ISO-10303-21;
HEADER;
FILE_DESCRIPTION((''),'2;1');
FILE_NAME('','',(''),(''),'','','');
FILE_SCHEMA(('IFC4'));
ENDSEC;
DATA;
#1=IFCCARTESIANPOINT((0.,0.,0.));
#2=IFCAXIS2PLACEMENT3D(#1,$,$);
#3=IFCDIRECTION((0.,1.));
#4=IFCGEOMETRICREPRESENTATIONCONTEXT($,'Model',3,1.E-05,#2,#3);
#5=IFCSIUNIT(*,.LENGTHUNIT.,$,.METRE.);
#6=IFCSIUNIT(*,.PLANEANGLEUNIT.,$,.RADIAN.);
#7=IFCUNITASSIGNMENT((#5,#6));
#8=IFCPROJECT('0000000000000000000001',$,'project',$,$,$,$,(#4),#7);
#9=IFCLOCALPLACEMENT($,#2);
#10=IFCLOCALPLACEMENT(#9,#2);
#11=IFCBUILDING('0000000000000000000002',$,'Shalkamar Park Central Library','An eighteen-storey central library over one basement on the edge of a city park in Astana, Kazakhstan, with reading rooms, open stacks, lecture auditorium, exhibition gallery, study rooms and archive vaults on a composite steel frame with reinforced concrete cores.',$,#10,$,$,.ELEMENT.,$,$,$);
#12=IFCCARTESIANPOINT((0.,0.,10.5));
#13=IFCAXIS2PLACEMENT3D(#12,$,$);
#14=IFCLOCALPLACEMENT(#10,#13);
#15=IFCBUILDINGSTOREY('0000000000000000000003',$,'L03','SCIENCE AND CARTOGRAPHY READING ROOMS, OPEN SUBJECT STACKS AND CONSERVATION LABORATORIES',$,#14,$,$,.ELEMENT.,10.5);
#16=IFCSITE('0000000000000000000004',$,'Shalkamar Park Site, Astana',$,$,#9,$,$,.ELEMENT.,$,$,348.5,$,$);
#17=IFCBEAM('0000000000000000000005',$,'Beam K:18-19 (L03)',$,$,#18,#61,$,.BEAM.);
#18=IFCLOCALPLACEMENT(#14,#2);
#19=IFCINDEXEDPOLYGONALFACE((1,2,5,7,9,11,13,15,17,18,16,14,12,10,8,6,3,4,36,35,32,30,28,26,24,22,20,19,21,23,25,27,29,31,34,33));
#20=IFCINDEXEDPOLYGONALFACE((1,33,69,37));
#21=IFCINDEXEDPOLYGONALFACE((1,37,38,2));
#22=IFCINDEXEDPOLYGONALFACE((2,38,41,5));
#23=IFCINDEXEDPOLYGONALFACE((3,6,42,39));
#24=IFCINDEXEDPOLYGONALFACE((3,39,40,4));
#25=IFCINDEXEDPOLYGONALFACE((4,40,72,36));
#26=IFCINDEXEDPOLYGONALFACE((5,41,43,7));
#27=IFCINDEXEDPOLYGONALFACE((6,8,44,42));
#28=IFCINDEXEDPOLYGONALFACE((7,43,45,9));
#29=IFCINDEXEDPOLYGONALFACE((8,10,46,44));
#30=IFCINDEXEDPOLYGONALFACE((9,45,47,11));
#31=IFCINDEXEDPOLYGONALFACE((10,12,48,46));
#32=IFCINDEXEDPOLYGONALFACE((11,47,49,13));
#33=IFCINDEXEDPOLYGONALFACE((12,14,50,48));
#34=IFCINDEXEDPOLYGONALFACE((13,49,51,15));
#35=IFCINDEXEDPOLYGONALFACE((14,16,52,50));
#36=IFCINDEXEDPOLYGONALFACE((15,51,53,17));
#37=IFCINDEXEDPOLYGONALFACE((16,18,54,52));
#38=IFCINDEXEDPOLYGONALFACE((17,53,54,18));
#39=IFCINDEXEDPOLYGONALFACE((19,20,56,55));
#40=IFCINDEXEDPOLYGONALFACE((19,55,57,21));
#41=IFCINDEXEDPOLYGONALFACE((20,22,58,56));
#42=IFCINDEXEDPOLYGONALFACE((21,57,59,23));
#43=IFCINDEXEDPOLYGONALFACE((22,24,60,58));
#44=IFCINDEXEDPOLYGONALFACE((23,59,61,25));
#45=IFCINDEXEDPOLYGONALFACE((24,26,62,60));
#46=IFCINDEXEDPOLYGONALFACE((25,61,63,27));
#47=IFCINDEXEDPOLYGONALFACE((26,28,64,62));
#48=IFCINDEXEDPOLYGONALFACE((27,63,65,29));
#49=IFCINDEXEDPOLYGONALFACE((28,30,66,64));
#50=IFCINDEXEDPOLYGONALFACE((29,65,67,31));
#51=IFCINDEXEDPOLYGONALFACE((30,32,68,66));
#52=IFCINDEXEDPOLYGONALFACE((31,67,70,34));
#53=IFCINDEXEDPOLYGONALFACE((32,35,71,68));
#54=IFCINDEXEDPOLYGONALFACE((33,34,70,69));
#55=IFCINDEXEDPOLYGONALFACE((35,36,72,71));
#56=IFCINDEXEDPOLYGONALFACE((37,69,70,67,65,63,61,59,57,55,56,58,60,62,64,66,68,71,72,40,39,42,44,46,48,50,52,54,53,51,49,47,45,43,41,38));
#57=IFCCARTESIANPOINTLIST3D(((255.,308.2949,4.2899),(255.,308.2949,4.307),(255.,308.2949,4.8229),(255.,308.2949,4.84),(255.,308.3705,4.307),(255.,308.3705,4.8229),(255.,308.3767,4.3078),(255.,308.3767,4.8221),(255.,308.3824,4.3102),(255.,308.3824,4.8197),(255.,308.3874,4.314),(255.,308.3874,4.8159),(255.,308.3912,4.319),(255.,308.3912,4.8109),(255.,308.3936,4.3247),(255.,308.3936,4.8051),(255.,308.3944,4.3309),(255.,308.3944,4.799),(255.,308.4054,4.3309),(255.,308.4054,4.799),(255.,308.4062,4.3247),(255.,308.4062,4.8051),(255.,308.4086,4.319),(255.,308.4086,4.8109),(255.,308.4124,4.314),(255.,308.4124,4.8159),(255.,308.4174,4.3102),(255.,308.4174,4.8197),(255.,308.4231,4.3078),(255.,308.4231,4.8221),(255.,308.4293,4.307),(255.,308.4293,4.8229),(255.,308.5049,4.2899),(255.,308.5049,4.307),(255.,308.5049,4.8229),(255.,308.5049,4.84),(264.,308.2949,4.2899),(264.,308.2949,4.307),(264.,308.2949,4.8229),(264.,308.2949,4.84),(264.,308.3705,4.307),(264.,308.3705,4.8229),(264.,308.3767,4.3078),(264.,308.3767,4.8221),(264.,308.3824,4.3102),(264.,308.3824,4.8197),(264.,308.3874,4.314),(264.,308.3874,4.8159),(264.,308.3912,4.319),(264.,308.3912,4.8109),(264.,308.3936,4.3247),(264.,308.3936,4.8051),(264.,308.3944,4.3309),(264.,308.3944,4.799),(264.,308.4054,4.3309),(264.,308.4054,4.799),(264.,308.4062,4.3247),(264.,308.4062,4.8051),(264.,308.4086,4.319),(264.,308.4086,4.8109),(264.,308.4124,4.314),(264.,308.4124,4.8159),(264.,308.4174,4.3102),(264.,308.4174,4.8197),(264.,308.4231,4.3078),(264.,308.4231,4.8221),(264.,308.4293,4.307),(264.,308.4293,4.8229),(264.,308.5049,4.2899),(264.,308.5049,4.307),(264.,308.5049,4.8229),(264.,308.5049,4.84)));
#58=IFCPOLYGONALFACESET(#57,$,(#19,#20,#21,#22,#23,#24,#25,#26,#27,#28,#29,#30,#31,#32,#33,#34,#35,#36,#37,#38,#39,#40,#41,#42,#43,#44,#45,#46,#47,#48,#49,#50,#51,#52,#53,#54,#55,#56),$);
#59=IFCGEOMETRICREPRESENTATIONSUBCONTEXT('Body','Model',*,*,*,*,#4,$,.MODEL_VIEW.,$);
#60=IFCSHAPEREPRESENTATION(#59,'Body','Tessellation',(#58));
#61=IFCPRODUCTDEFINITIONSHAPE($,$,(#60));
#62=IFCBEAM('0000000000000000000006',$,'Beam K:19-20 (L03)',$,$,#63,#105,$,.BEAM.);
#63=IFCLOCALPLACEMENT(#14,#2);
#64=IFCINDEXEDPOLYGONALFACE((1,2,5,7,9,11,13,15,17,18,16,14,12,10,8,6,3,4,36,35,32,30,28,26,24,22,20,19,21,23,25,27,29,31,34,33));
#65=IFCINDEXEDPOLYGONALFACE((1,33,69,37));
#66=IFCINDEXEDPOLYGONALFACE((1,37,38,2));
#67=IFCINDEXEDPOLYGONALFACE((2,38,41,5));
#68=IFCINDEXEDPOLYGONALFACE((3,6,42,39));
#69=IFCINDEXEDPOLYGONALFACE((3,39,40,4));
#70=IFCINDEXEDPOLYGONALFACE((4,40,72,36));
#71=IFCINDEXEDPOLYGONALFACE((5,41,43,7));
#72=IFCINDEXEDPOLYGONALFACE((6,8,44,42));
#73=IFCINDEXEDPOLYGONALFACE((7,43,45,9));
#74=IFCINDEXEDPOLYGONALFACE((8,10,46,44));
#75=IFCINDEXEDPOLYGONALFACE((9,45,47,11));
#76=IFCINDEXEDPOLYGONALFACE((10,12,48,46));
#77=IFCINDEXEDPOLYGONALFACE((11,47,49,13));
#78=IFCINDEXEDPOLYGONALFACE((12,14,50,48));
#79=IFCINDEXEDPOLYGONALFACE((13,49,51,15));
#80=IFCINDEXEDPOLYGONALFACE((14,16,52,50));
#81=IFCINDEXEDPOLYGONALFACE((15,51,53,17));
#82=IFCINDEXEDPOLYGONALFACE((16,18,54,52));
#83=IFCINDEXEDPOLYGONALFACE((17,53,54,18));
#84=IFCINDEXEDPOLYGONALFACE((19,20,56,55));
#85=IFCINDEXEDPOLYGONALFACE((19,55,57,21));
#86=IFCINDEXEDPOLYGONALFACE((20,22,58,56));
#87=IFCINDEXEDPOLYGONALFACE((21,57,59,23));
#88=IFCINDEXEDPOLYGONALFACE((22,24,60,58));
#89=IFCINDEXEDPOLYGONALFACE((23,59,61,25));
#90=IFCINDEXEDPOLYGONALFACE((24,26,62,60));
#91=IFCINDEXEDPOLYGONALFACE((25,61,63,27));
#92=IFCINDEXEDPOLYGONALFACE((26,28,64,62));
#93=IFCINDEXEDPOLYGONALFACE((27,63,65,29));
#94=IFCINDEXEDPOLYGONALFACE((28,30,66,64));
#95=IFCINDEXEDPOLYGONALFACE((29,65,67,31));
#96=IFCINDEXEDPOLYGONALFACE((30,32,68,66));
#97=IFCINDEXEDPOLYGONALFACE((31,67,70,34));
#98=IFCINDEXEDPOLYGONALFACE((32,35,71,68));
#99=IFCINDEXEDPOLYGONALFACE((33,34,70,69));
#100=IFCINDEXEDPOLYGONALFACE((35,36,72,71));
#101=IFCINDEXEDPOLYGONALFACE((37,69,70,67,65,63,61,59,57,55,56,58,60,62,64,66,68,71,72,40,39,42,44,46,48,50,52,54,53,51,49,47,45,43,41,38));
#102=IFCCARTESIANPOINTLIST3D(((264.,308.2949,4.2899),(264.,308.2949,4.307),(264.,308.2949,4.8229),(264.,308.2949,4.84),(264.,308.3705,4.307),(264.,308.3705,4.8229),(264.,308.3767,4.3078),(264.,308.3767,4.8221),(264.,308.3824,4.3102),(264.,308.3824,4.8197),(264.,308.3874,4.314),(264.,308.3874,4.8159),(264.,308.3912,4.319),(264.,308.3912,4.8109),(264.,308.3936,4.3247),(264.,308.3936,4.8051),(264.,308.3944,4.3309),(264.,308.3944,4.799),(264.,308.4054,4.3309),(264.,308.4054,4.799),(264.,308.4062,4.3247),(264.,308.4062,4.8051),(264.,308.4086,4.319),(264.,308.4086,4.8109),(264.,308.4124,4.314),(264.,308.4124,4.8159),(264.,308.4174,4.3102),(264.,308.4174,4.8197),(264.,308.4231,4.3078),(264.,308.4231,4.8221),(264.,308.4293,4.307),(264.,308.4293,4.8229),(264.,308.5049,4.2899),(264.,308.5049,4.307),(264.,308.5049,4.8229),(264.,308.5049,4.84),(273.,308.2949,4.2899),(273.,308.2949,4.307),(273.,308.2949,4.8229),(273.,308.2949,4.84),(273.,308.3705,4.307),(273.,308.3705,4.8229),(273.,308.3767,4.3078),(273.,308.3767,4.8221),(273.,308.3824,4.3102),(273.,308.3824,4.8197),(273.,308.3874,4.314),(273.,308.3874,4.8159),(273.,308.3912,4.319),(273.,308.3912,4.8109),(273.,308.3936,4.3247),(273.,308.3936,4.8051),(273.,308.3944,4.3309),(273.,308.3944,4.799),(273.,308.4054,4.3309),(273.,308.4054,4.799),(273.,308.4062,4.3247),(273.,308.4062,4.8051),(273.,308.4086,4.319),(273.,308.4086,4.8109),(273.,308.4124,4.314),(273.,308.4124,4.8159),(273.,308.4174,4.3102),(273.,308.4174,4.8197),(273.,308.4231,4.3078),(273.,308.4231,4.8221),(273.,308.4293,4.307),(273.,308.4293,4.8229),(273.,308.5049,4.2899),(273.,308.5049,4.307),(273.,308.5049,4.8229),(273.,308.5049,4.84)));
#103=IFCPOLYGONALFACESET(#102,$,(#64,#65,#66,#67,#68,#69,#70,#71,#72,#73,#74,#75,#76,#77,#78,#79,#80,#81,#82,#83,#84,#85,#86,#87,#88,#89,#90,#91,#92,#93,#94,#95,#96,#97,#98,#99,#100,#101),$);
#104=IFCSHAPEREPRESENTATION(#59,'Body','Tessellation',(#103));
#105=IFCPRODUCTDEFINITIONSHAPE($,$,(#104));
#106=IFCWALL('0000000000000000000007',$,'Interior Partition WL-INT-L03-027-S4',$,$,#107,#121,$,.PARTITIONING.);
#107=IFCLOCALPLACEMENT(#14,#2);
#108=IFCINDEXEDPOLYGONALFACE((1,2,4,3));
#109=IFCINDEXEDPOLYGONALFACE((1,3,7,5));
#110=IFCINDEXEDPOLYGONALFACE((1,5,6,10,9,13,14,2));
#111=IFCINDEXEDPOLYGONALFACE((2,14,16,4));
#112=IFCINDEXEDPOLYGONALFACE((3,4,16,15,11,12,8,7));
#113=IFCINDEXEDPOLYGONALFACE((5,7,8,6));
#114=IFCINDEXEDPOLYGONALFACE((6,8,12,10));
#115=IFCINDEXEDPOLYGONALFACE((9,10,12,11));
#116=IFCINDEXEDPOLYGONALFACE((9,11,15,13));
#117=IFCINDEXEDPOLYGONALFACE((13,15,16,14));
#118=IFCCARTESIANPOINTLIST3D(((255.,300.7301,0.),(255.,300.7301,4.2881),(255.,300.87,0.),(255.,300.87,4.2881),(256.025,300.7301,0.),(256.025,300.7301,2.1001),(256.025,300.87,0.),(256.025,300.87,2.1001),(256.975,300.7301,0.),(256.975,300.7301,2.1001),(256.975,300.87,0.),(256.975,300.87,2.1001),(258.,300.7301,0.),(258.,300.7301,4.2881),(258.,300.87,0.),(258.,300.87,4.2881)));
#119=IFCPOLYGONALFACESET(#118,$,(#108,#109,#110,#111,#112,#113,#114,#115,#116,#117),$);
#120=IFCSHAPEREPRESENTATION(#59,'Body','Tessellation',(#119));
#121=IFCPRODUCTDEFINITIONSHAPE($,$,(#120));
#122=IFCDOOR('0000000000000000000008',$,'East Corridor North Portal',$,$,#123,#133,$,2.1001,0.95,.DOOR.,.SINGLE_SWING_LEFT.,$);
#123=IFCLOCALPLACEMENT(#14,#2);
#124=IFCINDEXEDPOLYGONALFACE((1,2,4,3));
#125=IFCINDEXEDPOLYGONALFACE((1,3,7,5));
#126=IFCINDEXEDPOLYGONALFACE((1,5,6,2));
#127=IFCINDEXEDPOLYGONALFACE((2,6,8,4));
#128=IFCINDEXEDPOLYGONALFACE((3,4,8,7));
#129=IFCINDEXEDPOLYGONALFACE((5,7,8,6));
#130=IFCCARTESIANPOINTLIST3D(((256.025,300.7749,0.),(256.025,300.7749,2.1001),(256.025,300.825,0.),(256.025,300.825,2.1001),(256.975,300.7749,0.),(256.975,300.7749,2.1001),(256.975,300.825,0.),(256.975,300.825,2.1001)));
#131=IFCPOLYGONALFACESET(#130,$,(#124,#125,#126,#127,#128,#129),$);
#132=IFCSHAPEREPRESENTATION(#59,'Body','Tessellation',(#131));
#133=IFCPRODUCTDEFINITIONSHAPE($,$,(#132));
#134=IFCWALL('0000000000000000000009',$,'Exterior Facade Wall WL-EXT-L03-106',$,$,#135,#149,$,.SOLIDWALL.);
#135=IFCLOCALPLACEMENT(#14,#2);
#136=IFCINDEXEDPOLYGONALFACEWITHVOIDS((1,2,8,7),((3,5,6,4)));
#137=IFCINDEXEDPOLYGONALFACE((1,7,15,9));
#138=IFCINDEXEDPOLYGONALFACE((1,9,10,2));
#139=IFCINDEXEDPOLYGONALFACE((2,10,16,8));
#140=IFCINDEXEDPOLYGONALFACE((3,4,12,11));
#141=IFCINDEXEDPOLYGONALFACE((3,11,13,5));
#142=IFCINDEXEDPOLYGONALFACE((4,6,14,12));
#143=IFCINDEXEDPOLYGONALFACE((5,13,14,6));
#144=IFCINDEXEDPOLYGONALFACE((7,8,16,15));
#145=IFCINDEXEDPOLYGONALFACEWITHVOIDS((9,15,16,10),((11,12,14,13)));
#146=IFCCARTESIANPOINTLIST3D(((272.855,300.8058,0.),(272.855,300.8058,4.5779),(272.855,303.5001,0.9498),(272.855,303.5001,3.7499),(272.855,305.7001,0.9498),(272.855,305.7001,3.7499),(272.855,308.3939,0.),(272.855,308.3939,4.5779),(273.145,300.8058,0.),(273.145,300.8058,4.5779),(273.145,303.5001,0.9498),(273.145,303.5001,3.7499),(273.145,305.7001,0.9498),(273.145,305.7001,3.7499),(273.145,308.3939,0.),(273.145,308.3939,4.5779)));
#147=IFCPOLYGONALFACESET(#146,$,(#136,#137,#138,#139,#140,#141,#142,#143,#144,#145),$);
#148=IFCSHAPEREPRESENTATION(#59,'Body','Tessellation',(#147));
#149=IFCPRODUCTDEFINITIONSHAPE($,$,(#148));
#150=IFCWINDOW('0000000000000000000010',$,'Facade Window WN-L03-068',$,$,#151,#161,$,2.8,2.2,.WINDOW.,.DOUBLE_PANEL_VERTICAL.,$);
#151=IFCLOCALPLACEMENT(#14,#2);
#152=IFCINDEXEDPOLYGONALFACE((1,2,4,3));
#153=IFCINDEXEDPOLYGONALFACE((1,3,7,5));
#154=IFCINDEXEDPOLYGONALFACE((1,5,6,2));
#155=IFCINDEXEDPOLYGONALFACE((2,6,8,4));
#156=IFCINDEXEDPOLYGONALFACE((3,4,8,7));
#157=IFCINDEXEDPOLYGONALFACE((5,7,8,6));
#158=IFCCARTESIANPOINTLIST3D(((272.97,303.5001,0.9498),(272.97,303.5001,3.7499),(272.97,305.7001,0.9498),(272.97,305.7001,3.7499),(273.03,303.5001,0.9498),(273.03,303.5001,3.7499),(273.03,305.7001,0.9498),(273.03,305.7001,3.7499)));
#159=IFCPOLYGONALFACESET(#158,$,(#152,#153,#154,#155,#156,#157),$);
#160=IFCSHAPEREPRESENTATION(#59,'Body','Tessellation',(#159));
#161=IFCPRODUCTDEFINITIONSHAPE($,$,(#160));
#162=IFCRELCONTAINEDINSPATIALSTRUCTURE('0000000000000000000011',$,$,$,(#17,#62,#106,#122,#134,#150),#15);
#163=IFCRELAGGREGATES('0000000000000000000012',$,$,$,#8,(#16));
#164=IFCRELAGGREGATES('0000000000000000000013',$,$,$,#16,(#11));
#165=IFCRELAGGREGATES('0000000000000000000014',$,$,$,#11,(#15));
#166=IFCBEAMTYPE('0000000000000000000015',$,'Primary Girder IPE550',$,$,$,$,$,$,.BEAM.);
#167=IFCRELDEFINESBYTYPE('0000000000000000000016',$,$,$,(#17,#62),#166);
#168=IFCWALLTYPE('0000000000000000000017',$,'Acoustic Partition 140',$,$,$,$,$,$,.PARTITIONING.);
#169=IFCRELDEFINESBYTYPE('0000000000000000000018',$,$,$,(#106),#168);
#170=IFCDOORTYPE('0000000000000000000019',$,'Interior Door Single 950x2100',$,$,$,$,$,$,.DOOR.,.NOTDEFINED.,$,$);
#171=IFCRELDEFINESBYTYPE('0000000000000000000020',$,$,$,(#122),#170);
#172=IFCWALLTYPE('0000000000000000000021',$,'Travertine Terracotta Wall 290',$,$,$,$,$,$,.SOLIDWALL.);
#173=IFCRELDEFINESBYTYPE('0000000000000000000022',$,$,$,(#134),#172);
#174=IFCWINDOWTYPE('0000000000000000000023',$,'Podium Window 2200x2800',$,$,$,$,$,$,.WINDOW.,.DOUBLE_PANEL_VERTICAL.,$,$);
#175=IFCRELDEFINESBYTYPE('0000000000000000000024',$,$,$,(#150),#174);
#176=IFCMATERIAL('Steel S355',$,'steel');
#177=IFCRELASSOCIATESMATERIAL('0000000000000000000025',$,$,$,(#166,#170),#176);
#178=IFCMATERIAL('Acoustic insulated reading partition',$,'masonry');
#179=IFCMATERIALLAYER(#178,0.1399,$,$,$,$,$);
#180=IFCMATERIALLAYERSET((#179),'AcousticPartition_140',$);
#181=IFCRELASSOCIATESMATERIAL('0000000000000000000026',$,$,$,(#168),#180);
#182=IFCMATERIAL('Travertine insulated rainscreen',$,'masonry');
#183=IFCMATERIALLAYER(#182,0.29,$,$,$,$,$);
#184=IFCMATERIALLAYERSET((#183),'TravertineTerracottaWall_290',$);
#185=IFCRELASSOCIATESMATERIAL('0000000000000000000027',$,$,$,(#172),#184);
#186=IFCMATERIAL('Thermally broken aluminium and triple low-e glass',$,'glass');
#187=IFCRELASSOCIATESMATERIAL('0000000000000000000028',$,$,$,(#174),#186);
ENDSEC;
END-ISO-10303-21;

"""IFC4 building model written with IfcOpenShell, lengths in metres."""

from ifc_helpers import new_model, si_unit, direction, frame, frame_2d, origin, origin_2d, place, context, subcontext, project, spatial, rectangle, i_section, extrude, material, layer, layer_set, material_profile, profile_set, type_object, element, fill, save


model = new_model("IFC4")

# Units and contexts
model_context = context("Model", 3, precision=1e-05, world=origin(), true_north=direction((0.0, 1.0)))
body_context = subcontext(model_context, "Body", "Model", "MODEL_VIEW")
ifc_project = project(units=[si_unit("LENGTHUNIT", "METRE"), si_unit("PLANEANGLEUNIT", "RADIAN")], contexts=[model_context])

# Site, building, storey
site_placement = place(None, origin())
site = spatial("IfcSite", under=ifc_project, at=site_placement, Name="Shalkamar Park Site, Astana", CompositionType="ELEMENT", RefElevation=348.5)
building_placement = place(site_placement, origin())
building = spatial("IfcBuilding", under=site, at=building_placement, Name="Shalkamar Park Central Library", Description="An eighteen-storey central library over one basement on the edge of a city park in Astana, Kazakhstan, with reading rooms, open stacks, lecture auditorium, exhibition gallery, study rooms and archive vaults on a composite steel frame with reinforced concrete cores.", CompositionType="ELEMENT")
storey_placement = place(building_placement, frame((0.0, 0.0, 10.5)))
storey = spatial("IfcBuildingStorey", under=building, at=storey_placement, Name="L03", Description="SCIENCE AND CARTOGRAPHY READING ROOMS, OPEN SUBJECT STACKS AND CONSERVATION LABORATORIES", CompositionType="ELEMENT", Elevation=10.5)

# Shared definitions
ifc_material_1 = material(Name="Steel S355", Category="steel")

# Beams
ifc_material_profile_1 = material_profile(ifc_material_1, i_section(OverallWidth=0.21, OverallDepth=0.55, WebThickness=0.011, FlangeThickness=0.0171, FilletRadius=0.0239, at=origin_2d()), Name="IPE 550")
ifc_profile_set_1 = profile_set([ifc_material_profile_1], Name="Steel S355")
beam_type_1 = type_object("IfcBeamType", Name="Primary Girder IPE550", PredefinedType="BEAM", material=ifc_profile_set_1)
for number, where, z_axis, x_axis, name in (
    (1, (255.0, 308.3999, 4.5649), (1.0, 0.0, 0.0), (0.0, 1.0, 0.0), "Beam K:18-19 (L03)"),
    (2, (264.0, 308.3999, 4.5649), (1.0, 0.0, 0.0), (0.0, 1.0, 0.0), "Beam K:19-20 (L03)"),
):
    element("IfcBeam", number, at=place(storey_placement, frame(where, z_axis=z_axis, x_axis=x_axis)), inside=storey, type_object=beam_type_1, Name=name, PredefinedType="BEAM", context=body_context, shape_type="SweptSolid", body=[
        extrude(i_section(OverallWidth=0.21, OverallDepth=0.55, WebThickness=0.011, FlangeThickness=0.0171, FilletRadius=0.0239, at=origin_2d()), origin(), (0.0, 0.0, 1.0), 9.0),
    ])

# Wall, opening, door
ifc_material_2 = material(Name="Acoustic insulated reading partition", Category="masonry")
ifc_layer_1 = layer(ifc_material_2, 0.1399)
ifc_layer_set_1 = layer_set([ifc_layer_1], Name="AcousticPartition_140")
wall_type_1 = type_object("IfcWallType", Name="Acoustic Partition 140", PredefinedType="PARTITIONING", material=ifc_layer_set_1)
wall_1_placement = place(storey_placement, frame((255.0, 300.8, 0.0), z_axis=(0.0, 0.0, 1.0), x_axis=(1.0, 0.0, 0.0)))
wall_1 = element("IfcWall", 3, at=wall_1_placement, inside=storey, type_object=wall_type_1, Name="Interior Partition WL-INT-L03-027-S4", PredefinedType="PARTITIONING", context=body_context, shape_type="SweptSolid", body=[
    extrude(rectangle(XDim=3.0, YDim=0.1399, at=frame_2d((1.5, 0.0))), origin(), (0.0, 0.0, 1.0), 4.2881),
])
opening_1_placement = place(wall_1_placement, frame((1.0249, 0.0, 0.0)))
opening_1 = element("IfcOpeningElement", 4, at=opening_1_placement, cuts=wall_1, PredefinedType="OPENING", context=body_context, shape_type="SweptSolid", body=[
    extrude(rectangle(XDim=0.95, YDim=2.1001, at=frame_2d((0.4751, 1.05))), frame((0.0, 0.085, 0.0), z_axis=(0.0, -1.0, 0.0), x_axis=(1.0, 0.0, 0.0)), (0.0, 0.0, 1.0), 0.1697),
])
door_type = type_object("IfcDoorType", Name="Interior Door Single 950x2100", OperationType="NOTDEFINED", PredefinedType="DOOR", material=ifc_material_1)
door_placement = place(opening_1_placement, origin())
door = element("IfcDoor", 5, at=door_placement, inside=storey, type_object=door_type, Name="East Corridor North Portal", OperationType="SINGLE_SWING_LEFT", OverallHeight=2.1001, OverallWidth=0.95, PredefinedType="DOOR", context=body_context, shape_type="SweptSolid", body=[
    extrude(rectangle(XDim=0.95, YDim=2.1001, at=frame_2d((0.4751, 1.05))), frame((0.0, 0.0249, 0.0), z_axis=(0.0, -1.0, 0.0), x_axis=(1.0, 0.0, 0.0)), (0.0, 0.0, 1.0), 0.05),
])
fill(opening_1, door)

# Wall, opening, window
ifc_material_3 = material(Name="Travertine insulated rainscreen", Category="masonry")
ifc_layer_2 = layer(ifc_material_3, 0.29)
ifc_layer_set_2 = layer_set([ifc_layer_2], Name="TravertineTerracottaWall_290")
wall_type_2 = type_object("IfcWallType", Name="Travertine Terracotta Wall 290", PredefinedType="SOLIDWALL", material=ifc_layer_set_2)
wall_2_placement = place(storey_placement, frame((273.0, 300.8059, 0.0), z_axis=(0.0, 0.0, 1.0), x_axis=(0.0, 1.0, 0.0)))
wall_2 = element("IfcWall", 6, at=wall_2_placement, inside=storey, type_object=wall_type_2, Name="Exterior Facade Wall WL-EXT-L03-106", PredefinedType="SOLIDWALL", context=body_context, shape_type="SweptSolid", body=[
    extrude(rectangle(XDim=7.5881, YDim=0.29, at=frame_2d((3.7939, 0.0))), origin(), (0.0, 0.0, 1.0), 4.5779),
])
opening_2_placement = place(wall_2_placement, frame((2.6941, 0.0, 0.95)))
opening_2 = element("IfcOpeningElement", 7, at=opening_2_placement, cuts=wall_2, PredefinedType="OPENING", context=body_context, shape_type="SweptSolid", body=[
    extrude(rectangle(XDim=2.2, YDim=2.8, at=frame_2d((1.1001, 1.3999))), frame((0.0, 0.1599, 0.0), z_axis=(0.0, -1.0, 0.0), x_axis=(1.0, 0.0, 0.0)), (0.0, 0.0, 1.0), 0.3198),
])
ifc_material_4 = material(Name="Thermally broken aluminium and triple low-e glass", Category="glass")
window_type_1 = type_object("IfcWindowType", Name="Podium Window 2200x2800", PartitioningType="DOUBLE_PANEL_VERTICAL", PredefinedType="WINDOW", material=ifc_material_4)
window_1_placement = place(opening_2_placement, origin())
window_1 = element("IfcWindow", 8, at=window_1_placement, inside=storey, type_object=window_type_1, Name="Facade Window WN-L03-068", OverallHeight=2.8, OverallWidth=2.2, PartitioningType="DOUBLE_PANEL_VERTICAL", PredefinedType="WINDOW", context=body_context, shape_type="SweptSolid", body=[
    extrude(rectangle(XDim=2.2, YDim=2.8, at=frame_2d((1.1001, 1.3999))), frame((0.0, 0.03, 0.0), z_axis=(0.0, -1.0, 0.0), x_axis=(1.0, 0.0, 0.0)), (0.0, 0.0, 1.0), 0.0601),
])
fill(opening_2, window_1)

save(model, "model.ifc")
